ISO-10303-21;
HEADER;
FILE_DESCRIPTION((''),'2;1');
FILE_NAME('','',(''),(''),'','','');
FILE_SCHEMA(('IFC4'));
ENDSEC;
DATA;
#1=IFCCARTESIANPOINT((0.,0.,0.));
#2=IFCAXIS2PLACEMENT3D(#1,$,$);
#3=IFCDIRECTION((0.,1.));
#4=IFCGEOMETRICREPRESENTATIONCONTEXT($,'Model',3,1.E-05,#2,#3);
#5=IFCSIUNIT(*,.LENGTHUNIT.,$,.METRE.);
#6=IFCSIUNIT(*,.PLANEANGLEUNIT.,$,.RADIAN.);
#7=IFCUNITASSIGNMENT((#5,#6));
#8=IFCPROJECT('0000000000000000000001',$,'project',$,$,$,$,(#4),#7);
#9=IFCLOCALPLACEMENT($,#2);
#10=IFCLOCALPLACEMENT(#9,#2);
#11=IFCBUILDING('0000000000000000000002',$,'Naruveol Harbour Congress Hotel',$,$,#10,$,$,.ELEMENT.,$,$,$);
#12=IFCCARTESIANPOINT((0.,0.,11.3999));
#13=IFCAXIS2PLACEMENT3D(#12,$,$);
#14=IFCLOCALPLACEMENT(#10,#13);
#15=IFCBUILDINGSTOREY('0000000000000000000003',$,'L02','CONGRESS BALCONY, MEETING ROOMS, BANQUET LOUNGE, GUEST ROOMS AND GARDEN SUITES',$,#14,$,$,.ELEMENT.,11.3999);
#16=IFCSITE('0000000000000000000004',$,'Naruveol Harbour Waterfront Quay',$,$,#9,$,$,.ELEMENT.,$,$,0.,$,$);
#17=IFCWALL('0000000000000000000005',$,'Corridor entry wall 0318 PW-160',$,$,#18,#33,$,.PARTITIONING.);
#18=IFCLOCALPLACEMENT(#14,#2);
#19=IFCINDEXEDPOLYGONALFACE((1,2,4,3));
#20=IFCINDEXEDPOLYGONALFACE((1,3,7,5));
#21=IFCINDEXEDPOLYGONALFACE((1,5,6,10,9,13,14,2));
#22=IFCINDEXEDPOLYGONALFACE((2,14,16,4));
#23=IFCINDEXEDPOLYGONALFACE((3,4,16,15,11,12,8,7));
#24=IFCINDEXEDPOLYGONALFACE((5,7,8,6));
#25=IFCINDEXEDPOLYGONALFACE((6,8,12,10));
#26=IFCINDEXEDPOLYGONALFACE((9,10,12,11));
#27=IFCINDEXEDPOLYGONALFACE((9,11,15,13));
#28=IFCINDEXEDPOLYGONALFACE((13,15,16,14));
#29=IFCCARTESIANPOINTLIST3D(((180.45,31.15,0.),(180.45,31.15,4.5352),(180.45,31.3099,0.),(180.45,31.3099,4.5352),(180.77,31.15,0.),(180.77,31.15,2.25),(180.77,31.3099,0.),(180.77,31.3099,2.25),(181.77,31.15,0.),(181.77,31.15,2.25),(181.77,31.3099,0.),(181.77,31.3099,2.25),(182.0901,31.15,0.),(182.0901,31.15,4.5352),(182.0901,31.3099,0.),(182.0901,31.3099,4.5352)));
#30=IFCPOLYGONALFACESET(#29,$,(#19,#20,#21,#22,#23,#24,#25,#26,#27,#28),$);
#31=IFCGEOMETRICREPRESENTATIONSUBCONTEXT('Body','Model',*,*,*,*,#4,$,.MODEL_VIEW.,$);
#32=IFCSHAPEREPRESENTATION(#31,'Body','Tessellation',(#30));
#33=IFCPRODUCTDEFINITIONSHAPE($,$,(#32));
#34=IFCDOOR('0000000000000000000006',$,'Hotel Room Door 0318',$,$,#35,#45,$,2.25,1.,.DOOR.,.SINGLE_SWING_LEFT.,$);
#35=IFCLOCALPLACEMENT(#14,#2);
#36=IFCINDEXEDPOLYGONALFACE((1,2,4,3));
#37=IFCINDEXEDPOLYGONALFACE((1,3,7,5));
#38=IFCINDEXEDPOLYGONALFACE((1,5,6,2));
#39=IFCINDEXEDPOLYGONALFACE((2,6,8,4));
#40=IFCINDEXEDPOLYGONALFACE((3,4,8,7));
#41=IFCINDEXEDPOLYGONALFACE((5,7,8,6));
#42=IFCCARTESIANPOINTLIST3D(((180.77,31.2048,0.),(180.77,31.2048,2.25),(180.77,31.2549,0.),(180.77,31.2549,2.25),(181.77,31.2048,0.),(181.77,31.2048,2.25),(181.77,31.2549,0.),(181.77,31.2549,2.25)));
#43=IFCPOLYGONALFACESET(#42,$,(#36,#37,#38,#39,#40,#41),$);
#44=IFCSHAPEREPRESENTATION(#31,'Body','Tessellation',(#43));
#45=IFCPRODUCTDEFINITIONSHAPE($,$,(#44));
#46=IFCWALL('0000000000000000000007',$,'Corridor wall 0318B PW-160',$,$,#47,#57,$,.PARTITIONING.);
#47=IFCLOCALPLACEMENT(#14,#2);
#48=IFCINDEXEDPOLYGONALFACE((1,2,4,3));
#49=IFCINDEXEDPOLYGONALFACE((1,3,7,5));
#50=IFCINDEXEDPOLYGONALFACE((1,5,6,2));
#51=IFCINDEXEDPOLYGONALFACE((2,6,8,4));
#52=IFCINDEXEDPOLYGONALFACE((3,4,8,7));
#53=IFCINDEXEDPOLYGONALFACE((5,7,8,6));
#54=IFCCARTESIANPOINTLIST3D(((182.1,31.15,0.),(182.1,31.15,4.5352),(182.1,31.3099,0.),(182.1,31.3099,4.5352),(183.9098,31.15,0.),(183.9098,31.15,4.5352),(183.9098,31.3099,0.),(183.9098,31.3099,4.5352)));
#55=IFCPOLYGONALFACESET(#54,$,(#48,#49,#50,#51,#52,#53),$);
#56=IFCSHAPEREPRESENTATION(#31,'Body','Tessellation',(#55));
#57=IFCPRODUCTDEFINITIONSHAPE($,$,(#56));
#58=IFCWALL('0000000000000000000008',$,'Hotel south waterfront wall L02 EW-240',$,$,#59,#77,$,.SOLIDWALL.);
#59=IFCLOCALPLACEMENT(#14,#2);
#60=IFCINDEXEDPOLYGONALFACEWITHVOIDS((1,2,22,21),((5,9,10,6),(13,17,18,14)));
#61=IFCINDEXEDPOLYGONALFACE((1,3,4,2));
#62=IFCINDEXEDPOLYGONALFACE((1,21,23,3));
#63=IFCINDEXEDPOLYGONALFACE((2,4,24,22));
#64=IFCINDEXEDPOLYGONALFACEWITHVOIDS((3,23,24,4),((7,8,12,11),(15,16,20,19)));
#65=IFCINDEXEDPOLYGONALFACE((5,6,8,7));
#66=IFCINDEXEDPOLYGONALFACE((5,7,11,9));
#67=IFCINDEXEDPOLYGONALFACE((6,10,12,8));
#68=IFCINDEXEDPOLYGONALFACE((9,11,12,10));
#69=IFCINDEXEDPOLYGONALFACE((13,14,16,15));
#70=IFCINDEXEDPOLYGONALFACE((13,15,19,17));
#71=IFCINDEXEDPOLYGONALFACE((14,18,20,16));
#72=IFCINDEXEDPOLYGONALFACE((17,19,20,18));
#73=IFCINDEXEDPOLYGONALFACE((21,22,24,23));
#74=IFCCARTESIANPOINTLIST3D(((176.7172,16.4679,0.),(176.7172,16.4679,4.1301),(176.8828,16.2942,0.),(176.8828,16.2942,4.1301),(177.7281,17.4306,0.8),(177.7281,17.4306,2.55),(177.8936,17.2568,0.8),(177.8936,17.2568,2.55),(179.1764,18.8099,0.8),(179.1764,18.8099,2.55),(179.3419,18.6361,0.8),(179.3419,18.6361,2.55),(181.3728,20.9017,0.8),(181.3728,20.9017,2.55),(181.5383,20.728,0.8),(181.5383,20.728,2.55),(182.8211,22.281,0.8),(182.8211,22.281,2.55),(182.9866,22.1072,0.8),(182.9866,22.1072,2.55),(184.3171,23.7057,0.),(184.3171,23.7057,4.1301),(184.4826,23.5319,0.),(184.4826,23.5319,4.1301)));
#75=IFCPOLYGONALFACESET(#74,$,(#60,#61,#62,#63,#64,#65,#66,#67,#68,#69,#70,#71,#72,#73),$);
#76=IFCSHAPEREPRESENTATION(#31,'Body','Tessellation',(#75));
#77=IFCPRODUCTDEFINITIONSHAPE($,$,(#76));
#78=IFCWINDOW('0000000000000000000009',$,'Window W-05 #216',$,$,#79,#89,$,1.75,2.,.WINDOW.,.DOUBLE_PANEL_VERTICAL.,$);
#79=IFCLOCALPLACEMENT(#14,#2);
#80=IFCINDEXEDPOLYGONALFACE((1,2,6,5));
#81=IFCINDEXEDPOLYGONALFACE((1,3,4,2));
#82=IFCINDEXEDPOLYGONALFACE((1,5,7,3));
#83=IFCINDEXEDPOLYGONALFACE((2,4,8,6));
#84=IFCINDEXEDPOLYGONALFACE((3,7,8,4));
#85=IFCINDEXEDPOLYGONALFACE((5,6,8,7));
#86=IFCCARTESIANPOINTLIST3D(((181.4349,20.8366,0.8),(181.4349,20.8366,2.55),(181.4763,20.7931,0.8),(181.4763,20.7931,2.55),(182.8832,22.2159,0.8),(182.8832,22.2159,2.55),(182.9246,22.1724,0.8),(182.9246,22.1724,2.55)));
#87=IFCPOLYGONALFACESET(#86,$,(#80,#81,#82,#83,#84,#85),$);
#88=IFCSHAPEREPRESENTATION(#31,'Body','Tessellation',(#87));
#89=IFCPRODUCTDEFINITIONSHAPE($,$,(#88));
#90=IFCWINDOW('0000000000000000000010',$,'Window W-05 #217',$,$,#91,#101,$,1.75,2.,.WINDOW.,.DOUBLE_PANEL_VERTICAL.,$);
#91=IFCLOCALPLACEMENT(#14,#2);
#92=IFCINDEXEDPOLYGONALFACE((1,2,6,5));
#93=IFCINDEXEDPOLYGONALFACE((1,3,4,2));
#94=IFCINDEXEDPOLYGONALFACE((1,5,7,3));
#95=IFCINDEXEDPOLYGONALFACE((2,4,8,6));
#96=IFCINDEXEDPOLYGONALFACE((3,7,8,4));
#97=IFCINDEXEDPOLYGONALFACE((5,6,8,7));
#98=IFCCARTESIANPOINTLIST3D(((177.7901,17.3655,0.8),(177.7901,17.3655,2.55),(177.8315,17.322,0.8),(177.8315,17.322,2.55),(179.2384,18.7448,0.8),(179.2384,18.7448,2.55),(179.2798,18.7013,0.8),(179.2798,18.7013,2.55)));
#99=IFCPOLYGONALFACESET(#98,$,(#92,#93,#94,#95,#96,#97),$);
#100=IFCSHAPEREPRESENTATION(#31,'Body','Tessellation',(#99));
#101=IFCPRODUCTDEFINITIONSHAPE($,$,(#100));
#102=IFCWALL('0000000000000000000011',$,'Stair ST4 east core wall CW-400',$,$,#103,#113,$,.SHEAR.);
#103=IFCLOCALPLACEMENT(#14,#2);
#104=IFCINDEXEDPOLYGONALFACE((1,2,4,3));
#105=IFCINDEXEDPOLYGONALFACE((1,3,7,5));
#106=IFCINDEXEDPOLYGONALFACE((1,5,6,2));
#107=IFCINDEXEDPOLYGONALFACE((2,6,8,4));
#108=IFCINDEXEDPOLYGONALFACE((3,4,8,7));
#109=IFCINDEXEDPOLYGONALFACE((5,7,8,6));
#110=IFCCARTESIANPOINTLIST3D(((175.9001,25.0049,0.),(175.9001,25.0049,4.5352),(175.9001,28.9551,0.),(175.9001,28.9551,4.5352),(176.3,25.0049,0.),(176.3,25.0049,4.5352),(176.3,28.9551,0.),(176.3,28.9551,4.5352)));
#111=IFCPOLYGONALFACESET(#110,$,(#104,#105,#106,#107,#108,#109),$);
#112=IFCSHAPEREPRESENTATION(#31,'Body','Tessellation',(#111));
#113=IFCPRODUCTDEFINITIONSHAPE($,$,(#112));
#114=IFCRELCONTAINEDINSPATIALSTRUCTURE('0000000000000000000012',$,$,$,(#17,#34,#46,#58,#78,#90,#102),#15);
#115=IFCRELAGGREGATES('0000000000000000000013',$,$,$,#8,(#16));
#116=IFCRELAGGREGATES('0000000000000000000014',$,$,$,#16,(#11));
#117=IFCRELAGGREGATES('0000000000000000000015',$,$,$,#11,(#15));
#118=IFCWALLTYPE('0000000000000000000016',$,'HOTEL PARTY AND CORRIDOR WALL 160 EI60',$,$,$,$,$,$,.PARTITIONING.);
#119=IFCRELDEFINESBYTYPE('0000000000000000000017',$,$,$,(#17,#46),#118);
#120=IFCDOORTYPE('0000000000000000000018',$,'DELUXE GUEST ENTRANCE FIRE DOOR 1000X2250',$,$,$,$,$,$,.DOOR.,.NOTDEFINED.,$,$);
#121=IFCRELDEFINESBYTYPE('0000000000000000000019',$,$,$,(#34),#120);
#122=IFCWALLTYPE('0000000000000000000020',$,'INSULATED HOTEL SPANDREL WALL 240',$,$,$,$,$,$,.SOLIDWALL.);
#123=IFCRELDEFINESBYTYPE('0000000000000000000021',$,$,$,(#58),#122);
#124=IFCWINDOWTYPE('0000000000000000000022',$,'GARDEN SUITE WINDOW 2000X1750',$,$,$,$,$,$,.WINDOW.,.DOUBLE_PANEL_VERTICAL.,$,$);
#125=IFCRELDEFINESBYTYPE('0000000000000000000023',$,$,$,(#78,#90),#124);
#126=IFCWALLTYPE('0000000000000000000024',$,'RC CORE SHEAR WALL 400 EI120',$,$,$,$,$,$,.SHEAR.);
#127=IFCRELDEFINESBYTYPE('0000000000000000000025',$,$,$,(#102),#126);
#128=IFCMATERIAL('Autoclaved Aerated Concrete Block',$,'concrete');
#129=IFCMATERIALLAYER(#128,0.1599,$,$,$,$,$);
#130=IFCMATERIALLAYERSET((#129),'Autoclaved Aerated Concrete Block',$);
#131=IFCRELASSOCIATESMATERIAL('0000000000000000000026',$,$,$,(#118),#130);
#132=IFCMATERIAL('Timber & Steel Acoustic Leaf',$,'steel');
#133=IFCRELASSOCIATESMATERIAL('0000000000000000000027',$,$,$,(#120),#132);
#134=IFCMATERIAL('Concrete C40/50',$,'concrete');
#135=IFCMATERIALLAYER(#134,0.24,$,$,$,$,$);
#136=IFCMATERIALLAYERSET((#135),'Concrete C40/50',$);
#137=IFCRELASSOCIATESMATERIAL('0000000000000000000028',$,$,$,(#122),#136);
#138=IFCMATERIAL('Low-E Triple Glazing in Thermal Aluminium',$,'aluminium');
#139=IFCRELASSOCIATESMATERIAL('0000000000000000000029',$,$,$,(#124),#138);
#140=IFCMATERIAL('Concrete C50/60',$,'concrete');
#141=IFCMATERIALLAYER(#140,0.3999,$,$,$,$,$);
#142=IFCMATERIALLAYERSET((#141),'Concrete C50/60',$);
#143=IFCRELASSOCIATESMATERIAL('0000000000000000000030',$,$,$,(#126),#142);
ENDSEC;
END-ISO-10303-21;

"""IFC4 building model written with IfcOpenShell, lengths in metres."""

from ifc_helpers import new_model, si_unit, direction, frame, frame_2d, origin, place, context, subcontext, project, spatial, rectangle, extrude, material, layer, layer_set, type_object, element, fill, save


model = new_model("IFC4")

# Units and contexts
model_context = context("Model", 3, precision=1e-05, world=origin(), true_north=direction((0.0, 1.0)))
body_context = subcontext(model_context, "Body", "Model", "MODEL_VIEW")
ifc_project = project(units=[si_unit("LENGTHUNIT", "METRE"), si_unit("PLANEANGLEUNIT", "RADIAN")], contexts=[model_context])

# Site, building, storey
site_placement = place(None, origin())
site = spatial("IfcSite", under=ifc_project, at=site_placement, Name="Naruveol Harbour Waterfront Quay", CompositionType="ELEMENT", RefElevation=0.0)
building_placement = place(site_placement, origin())
building = spatial("IfcBuilding", under=site, at=building_placement, Name="Naruveol Harbour Congress Hotel", CompositionType="ELEMENT")
storey_placement = place(building_placement, frame((0.0, 0.0, 11.3999)))
storey = spatial("IfcBuildingStorey", under=building, at=storey_placement, Name="L02", Description="CONGRESS BALCONY, MEETING ROOMS, BANQUET LOUNGE, GUEST ROOMS AND GARDEN SUITES", CompositionType="ELEMENT", Elevation=11.3999)

# Wall, opening, door
ifc_material_1 = material(Name="Autoclaved Aerated Concrete Block", Category="concrete")
ifc_layer_1 = layer(ifc_material_1, 0.1599)
ifc_layer_set_1 = layer_set([ifc_layer_1], Name="Autoclaved Aerated Concrete Block")
wall_type_1 = type_object("IfcWallType", Name="HOTEL PARTY AND CORRIDOR WALL 160 EI60", PredefinedType="PARTITIONING", material=ifc_layer_set_1)
wall_1_placement = place(storey_placement, frame((180.45, 31.23, 0.0), z_axis=(0.0, 0.0, 1.0), x_axis=(1.0, 0.0, 0.0)))
wall_1 = element("IfcWall", 1, at=wall_1_placement, inside=storey, type_object=wall_type_1, Name="Corridor entry wall 0318 PW-160", PredefinedType="PARTITIONING", context=body_context, shape_type="SweptSolid", body=[
    extrude(rectangle(XDim=1.6401, YDim=0.1599, at=frame_2d((0.8201, 0.0))), origin(), (0.0, 0.0, 1.0), 4.5352),
])
opening_1_placement = place(wall_1_placement, frame((0.3201, 0.0, 0.0)))
opening_1 = element("IfcOpeningElement", 2, at=opening_1_placement, cuts=wall_1, PredefinedType="OPENING", context=body_context, shape_type="SweptSolid", body=[
    extrude(rectangle(XDim=1.0, YDim=2.25, at=frame_2d((0.5, 1.125))), frame((0.0, 0.0898, 0.0), z_axis=(0.0, -1.0, 0.0), x_axis=(1.0, 0.0, 0.0)), (0.0, 0.0, 1.0), 0.1799),
])
ifc_material_2 = material(Name="Timber & Steel Acoustic Leaf", Category="steel")
door_type_1 = type_object("IfcDoorType", Name="DELUXE GUEST ENTRANCE FIRE DOOR 1000X2250", OperationType="NOTDEFINED", PredefinedType="DOOR", material=ifc_material_2)
door_1_placement = place(opening_1_placement, origin())
door_1 = element("IfcDoor", 3, at=door_1_placement, inside=storey, type_object=door_type_1, Name="Hotel Room Door 0318", OperationType="SINGLE_SWING_LEFT", OverallHeight=2.25, OverallWidth=1.0, PredefinedType="DOOR", context=body_context, shape_type="SweptSolid", body=[
    extrude(rectangle(XDim=1.0, YDim=2.25, at=frame_2d((0.5, 1.125))), frame((0.0, 0.0249, 0.0), z_axis=(0.0, -1.0, 0.0), x_axis=(1.0, 0.0, 0.0)), (0.0, 0.0, 1.0), 0.05),
])
fill(opening_1, door_1)

# Wall
wall_2_placement = place(storey_placement, frame((182.1001, 31.23, 0.0), z_axis=(0.0, 0.0, 1.0), x_axis=(1.0, 0.0, 0.0)))
element("IfcWall", 4, at=wall_2_placement, inside=storey, type_object=wall_type_1, Name="Corridor wall 0318B PW-160", PredefinedType="PARTITIONING", context=body_context, shape_type="SweptSolid", body=[
    extrude(rectangle(XDim=1.8098, YDim=0.1599, at=frame_2d((0.9048, 0.0))), origin(), (0.0, 0.0, 1.0), 4.5352),
])

# Wall, openings, windows
ifc_material_3 = material(Name="Concrete C40/50", Category="concrete")
ifc_layer_2 = layer(ifc_material_3, 0.24)
ifc_layer_set_2 = layer_set([ifc_layer_2], Name="Concrete C40/50")
wall_type_2 = type_object("IfcWallType", Name="INSULATED HOTEL SPANDREL WALL 240", PredefinedType="SOLIDWALL", material=ifc_layer_set_2)
wall_3_placement = place(storey_placement, frame((184.3999, 23.6189, 0.0), z_axis=(0.0, 0.0, 1.0), x_axis=(-0.724146, -0.689647, 0.0)))
wall_3 = element("IfcWall", 5, at=wall_3_placement, inside=storey, type_object=wall_type_2, Name="Hotel south waterfront wall L02 EW-240", PredefinedType="SOLIDWALL", context=body_context, shape_type="SweptSolid", body=[
    extrude(rectangle(XDim=10.4949, YDim=0.24, at=frame_2d((5.2476, 0.0))), origin(), (0.0, 0.0, 1.0), 4.1301),
])
opening_2_placement = place(wall_3_placement, frame((2.0659, 0.0, 0.8)))
opening_2 = element("IfcOpeningElement", 6, at=opening_2_placement, cuts=wall_3, PredefinedType="OPENING", context=body_context, shape_type="SweptSolid", body=[
    extrude(rectangle(XDim=2.0, YDim=1.75, at=frame_2d((1.0, 0.875))), frame((0.0, 0.1299, 0.0), z_axis=(0.0, -1.0, 0.0), x_axis=(1.0, 0.0, 0.0)), (0.0, 0.0, 1.0), 0.26),
])
opening_3_placement = place(wall_3_placement, frame((7.0991, 0.0, 0.8)))
opening_3 = element("IfcOpeningElement", 7, at=opening_3_placement, cuts=wall_3, PredefinedType="OPENING", context=body_context, shape_type="SweptSolid", body=[
    extrude(rectangle(XDim=2.0, YDim=1.75, at=frame_2d((1.0, 0.875))), frame((0.0, 0.1299, 0.0), z_axis=(0.0, -1.0, 0.0), x_axis=(1.0, 0.0, 0.0)), (0.0, 0.0, 1.0), 0.26),
])
ifc_material_4 = material(Name="Low-E Triple Glazing in Thermal Aluminium", Category="aluminium")
window_type_1 = type_object("IfcWindowType", Name="GARDEN SUITE WINDOW 2000X1750", PartitioningType="DOUBLE_PANEL_VERTICAL", PredefinedType="WINDOW", material=ifc_material_4)
window_1_placement = place(opening_2_placement, origin())
window_1 = element("IfcWindow", 8, at=window_1_placement, inside=storey, type_object=window_type_1, Name="Window W-05 #216", OverallHeight=1.75, OverallWidth=2.0, PartitioningType="DOUBLE_PANEL_VERTICAL", PredefinedType="WINDOW", context=body_context, shape_type="SweptSolid", body=[
    extrude(rectangle(XDim=2.0, YDim=1.75, at=frame_2d((1.0, 0.875))), frame((0.0, 0.03, 0.0), z_axis=(0.0, -1.0, 0.0), x_axis=(1.0, 0.0, 0.0)), (0.0, 0.0, 1.0), 0.0601),
])
fill(opening_2, window_1)
window_2_placement = place(opening_3_placement, origin())
window_2 = element("IfcWindow", 9, at=window_2_placement, inside=storey, type_object=window_type_1, Name="Window W-05 #217", OverallHeight=1.75, OverallWidth=2.0, PartitioningType="DOUBLE_PANEL_VERTICAL", PredefinedType="WINDOW", context=body_context, shape_type="SweptSolid", body=[
    extrude(rectangle(XDim=2.0, YDim=1.75, at=frame_2d((1.0, 0.875))), frame((0.0, 0.03, 0.0), z_axis=(0.0, -1.0, 0.0), x_axis=(1.0, 0.0, 0.0)), (0.0, 0.0, 1.0), 0.0601),
])
fill(opening_3, window_2)

# Wall
ifc_material_5 = material(Name="Concrete C50/60", Category="concrete")
ifc_layer_3 = layer(ifc_material_5, 0.3999)
ifc_layer_set_3 = layer_set([ifc_layer_3], Name="Concrete C50/60")
wall_type_3 = type_object("IfcWallType", Name="RC CORE SHEAR WALL 400 EI120", PredefinedType="SHEAR", material=ifc_layer_set_3)
wall_4_placement = place(storey_placement, frame((176.1001, 25.0049, 0.0), z_axis=(0.0, 0.0, 1.0), x_axis=(0.0, 1.0, 0.0)))
element("IfcWall", 10, at=wall_4_placement, inside=storey, type_object=wall_type_3, Name="Stair ST4 east core wall CW-400", PredefinedType="SHEAR", context=body_context, shape_type="SweptSolid", body=[
    extrude(rectangle(XDim=3.9502, YDim=0.3999, at=frame_2d((1.9751, 0.0))), origin(), (0.0, 0.0, 1.0), 4.5352),
])

save(model, "model.ifc")
